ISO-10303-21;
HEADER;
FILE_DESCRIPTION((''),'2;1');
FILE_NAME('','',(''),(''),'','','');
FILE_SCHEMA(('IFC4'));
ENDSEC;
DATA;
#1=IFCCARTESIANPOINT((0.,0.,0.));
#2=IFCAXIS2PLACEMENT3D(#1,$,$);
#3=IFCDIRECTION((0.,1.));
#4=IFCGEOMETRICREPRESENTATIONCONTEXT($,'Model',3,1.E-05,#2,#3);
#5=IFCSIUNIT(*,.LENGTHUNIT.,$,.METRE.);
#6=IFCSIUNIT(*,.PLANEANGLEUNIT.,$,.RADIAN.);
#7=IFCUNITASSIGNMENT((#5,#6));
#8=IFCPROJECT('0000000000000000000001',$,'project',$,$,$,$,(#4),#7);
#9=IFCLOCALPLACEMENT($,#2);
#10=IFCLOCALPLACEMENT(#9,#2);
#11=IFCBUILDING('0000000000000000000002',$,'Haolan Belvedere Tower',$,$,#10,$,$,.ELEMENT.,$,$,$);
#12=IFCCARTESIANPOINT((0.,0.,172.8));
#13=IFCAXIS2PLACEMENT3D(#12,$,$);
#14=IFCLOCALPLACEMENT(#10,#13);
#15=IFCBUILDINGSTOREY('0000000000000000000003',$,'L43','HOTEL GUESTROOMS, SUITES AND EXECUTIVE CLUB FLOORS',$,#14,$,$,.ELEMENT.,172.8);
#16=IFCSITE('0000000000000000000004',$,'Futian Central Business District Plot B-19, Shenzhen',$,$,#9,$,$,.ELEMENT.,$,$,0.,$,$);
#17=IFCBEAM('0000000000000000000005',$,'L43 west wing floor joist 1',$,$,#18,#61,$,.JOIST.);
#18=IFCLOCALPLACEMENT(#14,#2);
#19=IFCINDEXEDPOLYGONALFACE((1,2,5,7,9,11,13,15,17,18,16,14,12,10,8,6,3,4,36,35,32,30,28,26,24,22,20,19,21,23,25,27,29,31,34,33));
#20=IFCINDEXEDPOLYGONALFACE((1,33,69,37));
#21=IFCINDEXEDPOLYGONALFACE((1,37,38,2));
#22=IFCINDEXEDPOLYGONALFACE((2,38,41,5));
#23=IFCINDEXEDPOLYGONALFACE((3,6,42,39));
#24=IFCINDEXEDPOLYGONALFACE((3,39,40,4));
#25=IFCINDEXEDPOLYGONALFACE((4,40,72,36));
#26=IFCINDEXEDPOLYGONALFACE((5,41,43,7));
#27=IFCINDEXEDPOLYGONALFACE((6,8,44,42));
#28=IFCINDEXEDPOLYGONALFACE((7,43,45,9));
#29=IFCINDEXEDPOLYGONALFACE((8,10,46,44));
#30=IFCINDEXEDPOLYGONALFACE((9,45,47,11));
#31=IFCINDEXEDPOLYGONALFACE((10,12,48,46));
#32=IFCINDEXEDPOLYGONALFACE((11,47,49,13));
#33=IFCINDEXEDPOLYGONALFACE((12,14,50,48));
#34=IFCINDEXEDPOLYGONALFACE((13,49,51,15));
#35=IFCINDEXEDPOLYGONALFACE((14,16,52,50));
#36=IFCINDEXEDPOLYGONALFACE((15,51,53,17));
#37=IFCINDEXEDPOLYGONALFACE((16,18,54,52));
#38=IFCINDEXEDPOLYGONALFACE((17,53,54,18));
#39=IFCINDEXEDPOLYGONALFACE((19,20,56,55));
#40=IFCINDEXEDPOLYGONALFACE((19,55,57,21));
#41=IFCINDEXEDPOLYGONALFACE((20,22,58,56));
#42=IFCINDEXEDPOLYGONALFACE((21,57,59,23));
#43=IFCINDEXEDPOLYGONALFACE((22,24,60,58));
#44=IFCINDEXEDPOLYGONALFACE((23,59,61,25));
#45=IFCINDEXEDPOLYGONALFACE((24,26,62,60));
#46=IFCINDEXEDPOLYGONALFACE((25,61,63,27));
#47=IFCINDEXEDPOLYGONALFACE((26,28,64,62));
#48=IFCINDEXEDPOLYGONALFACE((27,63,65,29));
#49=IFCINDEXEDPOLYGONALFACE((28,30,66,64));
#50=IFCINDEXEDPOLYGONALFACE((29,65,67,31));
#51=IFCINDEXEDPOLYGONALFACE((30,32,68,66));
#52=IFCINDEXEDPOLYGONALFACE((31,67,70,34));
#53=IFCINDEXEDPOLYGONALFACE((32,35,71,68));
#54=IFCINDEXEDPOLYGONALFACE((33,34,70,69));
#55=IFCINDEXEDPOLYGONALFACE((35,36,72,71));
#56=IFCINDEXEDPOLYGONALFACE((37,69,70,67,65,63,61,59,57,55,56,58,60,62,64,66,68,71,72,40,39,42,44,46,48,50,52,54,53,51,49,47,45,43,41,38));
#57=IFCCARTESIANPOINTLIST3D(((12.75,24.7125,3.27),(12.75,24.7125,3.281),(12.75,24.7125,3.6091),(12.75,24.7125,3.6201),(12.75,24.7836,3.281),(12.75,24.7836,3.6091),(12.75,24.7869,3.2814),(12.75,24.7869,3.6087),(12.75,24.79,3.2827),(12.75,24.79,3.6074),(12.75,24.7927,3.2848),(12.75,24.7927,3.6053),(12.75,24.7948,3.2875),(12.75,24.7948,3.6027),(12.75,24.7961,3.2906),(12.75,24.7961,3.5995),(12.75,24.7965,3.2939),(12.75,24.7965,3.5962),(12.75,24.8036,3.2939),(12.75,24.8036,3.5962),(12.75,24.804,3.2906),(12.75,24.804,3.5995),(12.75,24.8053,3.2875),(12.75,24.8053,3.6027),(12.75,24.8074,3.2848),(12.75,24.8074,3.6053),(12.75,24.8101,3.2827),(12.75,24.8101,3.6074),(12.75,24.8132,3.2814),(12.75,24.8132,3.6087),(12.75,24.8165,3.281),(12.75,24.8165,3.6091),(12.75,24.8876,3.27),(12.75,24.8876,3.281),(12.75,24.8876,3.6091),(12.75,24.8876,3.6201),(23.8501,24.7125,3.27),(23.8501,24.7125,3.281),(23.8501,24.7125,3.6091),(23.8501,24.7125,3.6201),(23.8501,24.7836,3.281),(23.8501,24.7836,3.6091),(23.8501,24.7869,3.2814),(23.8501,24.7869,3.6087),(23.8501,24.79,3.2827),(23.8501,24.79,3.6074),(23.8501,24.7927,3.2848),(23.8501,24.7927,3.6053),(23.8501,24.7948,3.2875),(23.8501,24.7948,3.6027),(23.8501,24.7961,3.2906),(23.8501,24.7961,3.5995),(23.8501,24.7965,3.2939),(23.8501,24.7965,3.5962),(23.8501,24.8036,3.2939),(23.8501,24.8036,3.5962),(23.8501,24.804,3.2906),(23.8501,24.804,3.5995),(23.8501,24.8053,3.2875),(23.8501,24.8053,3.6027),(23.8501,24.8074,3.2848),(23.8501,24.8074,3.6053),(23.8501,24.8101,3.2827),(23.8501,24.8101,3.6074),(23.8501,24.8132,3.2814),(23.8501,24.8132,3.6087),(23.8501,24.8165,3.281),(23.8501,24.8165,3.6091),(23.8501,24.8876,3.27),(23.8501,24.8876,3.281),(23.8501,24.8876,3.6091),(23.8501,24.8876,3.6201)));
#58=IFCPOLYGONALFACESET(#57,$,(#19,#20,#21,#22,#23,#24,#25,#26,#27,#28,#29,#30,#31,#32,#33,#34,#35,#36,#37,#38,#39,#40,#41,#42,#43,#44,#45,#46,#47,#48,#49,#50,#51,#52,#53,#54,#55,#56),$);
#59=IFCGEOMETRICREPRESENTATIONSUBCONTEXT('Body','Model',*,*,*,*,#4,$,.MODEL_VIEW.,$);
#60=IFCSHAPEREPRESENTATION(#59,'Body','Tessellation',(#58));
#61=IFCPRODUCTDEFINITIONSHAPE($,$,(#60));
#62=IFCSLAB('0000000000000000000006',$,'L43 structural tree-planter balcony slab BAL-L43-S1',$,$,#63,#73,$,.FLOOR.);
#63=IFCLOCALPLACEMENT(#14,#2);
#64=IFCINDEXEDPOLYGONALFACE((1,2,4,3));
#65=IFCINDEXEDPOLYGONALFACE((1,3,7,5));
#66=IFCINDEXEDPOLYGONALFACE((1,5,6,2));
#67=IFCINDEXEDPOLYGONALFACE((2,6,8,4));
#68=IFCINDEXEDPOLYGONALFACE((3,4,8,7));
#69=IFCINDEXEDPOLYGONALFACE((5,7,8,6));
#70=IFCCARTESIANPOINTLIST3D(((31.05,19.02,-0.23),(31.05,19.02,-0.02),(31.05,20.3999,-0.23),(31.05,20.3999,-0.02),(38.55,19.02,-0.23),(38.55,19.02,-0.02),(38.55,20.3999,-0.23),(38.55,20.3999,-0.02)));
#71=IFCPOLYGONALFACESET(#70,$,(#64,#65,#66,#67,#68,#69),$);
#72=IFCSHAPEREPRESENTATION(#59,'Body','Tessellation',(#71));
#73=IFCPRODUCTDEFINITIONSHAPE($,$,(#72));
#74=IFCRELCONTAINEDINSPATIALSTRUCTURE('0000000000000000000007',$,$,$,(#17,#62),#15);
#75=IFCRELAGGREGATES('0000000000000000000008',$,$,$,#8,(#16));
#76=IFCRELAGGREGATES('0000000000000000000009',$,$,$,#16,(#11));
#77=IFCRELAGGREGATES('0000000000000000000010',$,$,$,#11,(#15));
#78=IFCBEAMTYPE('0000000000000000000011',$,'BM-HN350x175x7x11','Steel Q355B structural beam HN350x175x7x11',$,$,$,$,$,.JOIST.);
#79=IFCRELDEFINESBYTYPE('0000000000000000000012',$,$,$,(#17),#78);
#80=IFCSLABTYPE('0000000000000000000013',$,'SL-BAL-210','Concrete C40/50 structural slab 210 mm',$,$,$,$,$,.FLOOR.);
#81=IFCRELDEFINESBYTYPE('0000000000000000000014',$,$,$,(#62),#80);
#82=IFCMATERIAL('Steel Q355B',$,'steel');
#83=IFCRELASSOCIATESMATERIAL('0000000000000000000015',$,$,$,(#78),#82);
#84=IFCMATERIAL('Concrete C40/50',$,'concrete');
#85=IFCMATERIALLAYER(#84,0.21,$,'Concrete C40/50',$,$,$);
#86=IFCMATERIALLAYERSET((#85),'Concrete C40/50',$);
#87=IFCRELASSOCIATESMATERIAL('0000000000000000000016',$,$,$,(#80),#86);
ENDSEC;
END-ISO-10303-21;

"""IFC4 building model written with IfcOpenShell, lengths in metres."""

from ifc_helpers import new_model, si_unit, direction, frame, origin, origin_2d, place, context, subcontext, project, spatial, polyline, i_section, outline, extrude, material, layer, layer_set, material_profile, profile_set, type_object, element, save


model = new_model("IFC4")

# Units and contexts
model_context = context("Model", 3, precision=1e-05, world=origin(), true_north=direction((0.0, 1.0)))
body_context = subcontext(model_context, "Body", "Model", "MODEL_VIEW")
ifc_project = project(units=[si_unit("LENGTHUNIT", "METRE"), si_unit("PLANEANGLEUNIT", "RADIAN")], contexts=[model_context])

# Site, building, storey
site_placement = place(None, origin())
site = spatial("IfcSite", under=ifc_project, at=site_placement, Name="Futian Central Business District Plot B-19, Shenzhen", CompositionType="ELEMENT", RefElevation=0.0)
building_placement = place(site_placement, origin())
building = spatial("IfcBuilding", under=site, at=building_placement, Name="Haolan Belvedere Tower", CompositionType="ELEMENT")
storey_placement = place(building_placement, frame((0.0, 0.0, 172.8)))
storey = spatial("IfcBuildingStorey", under=building, at=storey_placement, Name="L43", Description="HOTEL GUESTROOMS, SUITES AND EXECUTIVE CLUB FLOORS", CompositionType="ELEMENT", Elevation=172.8)

# Beam
ifc_material_1 = material(Name="Steel Q355B", Category="steel")
ifc_material_profile_1 = material_profile(ifc_material_1, i_section(OverallWidth=0.175, OverallDepth=0.3501, WebThickness=0.0071, FlangeThickness=0.011, FilletRadius=0.0129, at=origin_2d()), Name="Steel Q355B")
ifc_profile_set_1 = profile_set([ifc_material_profile_1], Name="Steel Q355B")
beam_type_1 = type_object("IfcBeamType", Name="BM-HN350x175x7x11", Description="Steel Q355B structural beam HN350x175x7x11", PredefinedType="JOIST", material=ifc_profile_set_1)
beam_1_placement = place(storey_placement, frame((12.75, 24.8, 3.4451), z_axis=(1.0, 0.0, 0.0), x_axis=(0.0, 1.0, 0.0)))
element("IfcBeam", 1, at=beam_1_placement, inside=storey, type_object=beam_type_1, Name="L43 west wing floor joist 1", PredefinedType="JOIST", context=body_context, shape_type="SweptSolid", body=[
    extrude(i_section(OverallWidth=0.175, OverallDepth=0.3501, WebThickness=0.0071, FlangeThickness=0.011, FilletRadius=0.0129, at=origin_2d()), origin(), (0.0, 0.0, 1.0), 11.1001),
])

# Slab
ifc_material_2 = material(Name="Concrete C40/50", Category="concrete")
ifc_layer_1 = layer(ifc_material_2, 0.21, Name="Concrete C40/50")
ifc_layer_set_1 = layer_set([ifc_layer_1], Name="Concrete C40/50")
slab_type_1 = type_object("IfcSlabType", Name="SL-BAL-210", Description="Concrete C40/50 structural slab 210 mm", PredefinedType="FLOOR", material=ifc_layer_set_1)
slab_1_placement = place(storey_placement, frame((0.0, 0.0, -0.23)))
element("IfcSlab", 2, at=slab_1_placement, inside=storey, type_object=slab_type_1, Name="L43 structural tree-planter balcony slab BAL-L43-S1", PredefinedType="FLOOR", context=body_context, shape_type="SweptSolid", body=[
    extrude(outline(polyline([(31.05, 19.02), (38.55, 19.02), (38.55, 20.3999), (31.05, 20.3999), (31.05, 19.02)])), origin(), (0.0, 0.0, 1.0), 0.21),
])

save(model, "model.ifc")
